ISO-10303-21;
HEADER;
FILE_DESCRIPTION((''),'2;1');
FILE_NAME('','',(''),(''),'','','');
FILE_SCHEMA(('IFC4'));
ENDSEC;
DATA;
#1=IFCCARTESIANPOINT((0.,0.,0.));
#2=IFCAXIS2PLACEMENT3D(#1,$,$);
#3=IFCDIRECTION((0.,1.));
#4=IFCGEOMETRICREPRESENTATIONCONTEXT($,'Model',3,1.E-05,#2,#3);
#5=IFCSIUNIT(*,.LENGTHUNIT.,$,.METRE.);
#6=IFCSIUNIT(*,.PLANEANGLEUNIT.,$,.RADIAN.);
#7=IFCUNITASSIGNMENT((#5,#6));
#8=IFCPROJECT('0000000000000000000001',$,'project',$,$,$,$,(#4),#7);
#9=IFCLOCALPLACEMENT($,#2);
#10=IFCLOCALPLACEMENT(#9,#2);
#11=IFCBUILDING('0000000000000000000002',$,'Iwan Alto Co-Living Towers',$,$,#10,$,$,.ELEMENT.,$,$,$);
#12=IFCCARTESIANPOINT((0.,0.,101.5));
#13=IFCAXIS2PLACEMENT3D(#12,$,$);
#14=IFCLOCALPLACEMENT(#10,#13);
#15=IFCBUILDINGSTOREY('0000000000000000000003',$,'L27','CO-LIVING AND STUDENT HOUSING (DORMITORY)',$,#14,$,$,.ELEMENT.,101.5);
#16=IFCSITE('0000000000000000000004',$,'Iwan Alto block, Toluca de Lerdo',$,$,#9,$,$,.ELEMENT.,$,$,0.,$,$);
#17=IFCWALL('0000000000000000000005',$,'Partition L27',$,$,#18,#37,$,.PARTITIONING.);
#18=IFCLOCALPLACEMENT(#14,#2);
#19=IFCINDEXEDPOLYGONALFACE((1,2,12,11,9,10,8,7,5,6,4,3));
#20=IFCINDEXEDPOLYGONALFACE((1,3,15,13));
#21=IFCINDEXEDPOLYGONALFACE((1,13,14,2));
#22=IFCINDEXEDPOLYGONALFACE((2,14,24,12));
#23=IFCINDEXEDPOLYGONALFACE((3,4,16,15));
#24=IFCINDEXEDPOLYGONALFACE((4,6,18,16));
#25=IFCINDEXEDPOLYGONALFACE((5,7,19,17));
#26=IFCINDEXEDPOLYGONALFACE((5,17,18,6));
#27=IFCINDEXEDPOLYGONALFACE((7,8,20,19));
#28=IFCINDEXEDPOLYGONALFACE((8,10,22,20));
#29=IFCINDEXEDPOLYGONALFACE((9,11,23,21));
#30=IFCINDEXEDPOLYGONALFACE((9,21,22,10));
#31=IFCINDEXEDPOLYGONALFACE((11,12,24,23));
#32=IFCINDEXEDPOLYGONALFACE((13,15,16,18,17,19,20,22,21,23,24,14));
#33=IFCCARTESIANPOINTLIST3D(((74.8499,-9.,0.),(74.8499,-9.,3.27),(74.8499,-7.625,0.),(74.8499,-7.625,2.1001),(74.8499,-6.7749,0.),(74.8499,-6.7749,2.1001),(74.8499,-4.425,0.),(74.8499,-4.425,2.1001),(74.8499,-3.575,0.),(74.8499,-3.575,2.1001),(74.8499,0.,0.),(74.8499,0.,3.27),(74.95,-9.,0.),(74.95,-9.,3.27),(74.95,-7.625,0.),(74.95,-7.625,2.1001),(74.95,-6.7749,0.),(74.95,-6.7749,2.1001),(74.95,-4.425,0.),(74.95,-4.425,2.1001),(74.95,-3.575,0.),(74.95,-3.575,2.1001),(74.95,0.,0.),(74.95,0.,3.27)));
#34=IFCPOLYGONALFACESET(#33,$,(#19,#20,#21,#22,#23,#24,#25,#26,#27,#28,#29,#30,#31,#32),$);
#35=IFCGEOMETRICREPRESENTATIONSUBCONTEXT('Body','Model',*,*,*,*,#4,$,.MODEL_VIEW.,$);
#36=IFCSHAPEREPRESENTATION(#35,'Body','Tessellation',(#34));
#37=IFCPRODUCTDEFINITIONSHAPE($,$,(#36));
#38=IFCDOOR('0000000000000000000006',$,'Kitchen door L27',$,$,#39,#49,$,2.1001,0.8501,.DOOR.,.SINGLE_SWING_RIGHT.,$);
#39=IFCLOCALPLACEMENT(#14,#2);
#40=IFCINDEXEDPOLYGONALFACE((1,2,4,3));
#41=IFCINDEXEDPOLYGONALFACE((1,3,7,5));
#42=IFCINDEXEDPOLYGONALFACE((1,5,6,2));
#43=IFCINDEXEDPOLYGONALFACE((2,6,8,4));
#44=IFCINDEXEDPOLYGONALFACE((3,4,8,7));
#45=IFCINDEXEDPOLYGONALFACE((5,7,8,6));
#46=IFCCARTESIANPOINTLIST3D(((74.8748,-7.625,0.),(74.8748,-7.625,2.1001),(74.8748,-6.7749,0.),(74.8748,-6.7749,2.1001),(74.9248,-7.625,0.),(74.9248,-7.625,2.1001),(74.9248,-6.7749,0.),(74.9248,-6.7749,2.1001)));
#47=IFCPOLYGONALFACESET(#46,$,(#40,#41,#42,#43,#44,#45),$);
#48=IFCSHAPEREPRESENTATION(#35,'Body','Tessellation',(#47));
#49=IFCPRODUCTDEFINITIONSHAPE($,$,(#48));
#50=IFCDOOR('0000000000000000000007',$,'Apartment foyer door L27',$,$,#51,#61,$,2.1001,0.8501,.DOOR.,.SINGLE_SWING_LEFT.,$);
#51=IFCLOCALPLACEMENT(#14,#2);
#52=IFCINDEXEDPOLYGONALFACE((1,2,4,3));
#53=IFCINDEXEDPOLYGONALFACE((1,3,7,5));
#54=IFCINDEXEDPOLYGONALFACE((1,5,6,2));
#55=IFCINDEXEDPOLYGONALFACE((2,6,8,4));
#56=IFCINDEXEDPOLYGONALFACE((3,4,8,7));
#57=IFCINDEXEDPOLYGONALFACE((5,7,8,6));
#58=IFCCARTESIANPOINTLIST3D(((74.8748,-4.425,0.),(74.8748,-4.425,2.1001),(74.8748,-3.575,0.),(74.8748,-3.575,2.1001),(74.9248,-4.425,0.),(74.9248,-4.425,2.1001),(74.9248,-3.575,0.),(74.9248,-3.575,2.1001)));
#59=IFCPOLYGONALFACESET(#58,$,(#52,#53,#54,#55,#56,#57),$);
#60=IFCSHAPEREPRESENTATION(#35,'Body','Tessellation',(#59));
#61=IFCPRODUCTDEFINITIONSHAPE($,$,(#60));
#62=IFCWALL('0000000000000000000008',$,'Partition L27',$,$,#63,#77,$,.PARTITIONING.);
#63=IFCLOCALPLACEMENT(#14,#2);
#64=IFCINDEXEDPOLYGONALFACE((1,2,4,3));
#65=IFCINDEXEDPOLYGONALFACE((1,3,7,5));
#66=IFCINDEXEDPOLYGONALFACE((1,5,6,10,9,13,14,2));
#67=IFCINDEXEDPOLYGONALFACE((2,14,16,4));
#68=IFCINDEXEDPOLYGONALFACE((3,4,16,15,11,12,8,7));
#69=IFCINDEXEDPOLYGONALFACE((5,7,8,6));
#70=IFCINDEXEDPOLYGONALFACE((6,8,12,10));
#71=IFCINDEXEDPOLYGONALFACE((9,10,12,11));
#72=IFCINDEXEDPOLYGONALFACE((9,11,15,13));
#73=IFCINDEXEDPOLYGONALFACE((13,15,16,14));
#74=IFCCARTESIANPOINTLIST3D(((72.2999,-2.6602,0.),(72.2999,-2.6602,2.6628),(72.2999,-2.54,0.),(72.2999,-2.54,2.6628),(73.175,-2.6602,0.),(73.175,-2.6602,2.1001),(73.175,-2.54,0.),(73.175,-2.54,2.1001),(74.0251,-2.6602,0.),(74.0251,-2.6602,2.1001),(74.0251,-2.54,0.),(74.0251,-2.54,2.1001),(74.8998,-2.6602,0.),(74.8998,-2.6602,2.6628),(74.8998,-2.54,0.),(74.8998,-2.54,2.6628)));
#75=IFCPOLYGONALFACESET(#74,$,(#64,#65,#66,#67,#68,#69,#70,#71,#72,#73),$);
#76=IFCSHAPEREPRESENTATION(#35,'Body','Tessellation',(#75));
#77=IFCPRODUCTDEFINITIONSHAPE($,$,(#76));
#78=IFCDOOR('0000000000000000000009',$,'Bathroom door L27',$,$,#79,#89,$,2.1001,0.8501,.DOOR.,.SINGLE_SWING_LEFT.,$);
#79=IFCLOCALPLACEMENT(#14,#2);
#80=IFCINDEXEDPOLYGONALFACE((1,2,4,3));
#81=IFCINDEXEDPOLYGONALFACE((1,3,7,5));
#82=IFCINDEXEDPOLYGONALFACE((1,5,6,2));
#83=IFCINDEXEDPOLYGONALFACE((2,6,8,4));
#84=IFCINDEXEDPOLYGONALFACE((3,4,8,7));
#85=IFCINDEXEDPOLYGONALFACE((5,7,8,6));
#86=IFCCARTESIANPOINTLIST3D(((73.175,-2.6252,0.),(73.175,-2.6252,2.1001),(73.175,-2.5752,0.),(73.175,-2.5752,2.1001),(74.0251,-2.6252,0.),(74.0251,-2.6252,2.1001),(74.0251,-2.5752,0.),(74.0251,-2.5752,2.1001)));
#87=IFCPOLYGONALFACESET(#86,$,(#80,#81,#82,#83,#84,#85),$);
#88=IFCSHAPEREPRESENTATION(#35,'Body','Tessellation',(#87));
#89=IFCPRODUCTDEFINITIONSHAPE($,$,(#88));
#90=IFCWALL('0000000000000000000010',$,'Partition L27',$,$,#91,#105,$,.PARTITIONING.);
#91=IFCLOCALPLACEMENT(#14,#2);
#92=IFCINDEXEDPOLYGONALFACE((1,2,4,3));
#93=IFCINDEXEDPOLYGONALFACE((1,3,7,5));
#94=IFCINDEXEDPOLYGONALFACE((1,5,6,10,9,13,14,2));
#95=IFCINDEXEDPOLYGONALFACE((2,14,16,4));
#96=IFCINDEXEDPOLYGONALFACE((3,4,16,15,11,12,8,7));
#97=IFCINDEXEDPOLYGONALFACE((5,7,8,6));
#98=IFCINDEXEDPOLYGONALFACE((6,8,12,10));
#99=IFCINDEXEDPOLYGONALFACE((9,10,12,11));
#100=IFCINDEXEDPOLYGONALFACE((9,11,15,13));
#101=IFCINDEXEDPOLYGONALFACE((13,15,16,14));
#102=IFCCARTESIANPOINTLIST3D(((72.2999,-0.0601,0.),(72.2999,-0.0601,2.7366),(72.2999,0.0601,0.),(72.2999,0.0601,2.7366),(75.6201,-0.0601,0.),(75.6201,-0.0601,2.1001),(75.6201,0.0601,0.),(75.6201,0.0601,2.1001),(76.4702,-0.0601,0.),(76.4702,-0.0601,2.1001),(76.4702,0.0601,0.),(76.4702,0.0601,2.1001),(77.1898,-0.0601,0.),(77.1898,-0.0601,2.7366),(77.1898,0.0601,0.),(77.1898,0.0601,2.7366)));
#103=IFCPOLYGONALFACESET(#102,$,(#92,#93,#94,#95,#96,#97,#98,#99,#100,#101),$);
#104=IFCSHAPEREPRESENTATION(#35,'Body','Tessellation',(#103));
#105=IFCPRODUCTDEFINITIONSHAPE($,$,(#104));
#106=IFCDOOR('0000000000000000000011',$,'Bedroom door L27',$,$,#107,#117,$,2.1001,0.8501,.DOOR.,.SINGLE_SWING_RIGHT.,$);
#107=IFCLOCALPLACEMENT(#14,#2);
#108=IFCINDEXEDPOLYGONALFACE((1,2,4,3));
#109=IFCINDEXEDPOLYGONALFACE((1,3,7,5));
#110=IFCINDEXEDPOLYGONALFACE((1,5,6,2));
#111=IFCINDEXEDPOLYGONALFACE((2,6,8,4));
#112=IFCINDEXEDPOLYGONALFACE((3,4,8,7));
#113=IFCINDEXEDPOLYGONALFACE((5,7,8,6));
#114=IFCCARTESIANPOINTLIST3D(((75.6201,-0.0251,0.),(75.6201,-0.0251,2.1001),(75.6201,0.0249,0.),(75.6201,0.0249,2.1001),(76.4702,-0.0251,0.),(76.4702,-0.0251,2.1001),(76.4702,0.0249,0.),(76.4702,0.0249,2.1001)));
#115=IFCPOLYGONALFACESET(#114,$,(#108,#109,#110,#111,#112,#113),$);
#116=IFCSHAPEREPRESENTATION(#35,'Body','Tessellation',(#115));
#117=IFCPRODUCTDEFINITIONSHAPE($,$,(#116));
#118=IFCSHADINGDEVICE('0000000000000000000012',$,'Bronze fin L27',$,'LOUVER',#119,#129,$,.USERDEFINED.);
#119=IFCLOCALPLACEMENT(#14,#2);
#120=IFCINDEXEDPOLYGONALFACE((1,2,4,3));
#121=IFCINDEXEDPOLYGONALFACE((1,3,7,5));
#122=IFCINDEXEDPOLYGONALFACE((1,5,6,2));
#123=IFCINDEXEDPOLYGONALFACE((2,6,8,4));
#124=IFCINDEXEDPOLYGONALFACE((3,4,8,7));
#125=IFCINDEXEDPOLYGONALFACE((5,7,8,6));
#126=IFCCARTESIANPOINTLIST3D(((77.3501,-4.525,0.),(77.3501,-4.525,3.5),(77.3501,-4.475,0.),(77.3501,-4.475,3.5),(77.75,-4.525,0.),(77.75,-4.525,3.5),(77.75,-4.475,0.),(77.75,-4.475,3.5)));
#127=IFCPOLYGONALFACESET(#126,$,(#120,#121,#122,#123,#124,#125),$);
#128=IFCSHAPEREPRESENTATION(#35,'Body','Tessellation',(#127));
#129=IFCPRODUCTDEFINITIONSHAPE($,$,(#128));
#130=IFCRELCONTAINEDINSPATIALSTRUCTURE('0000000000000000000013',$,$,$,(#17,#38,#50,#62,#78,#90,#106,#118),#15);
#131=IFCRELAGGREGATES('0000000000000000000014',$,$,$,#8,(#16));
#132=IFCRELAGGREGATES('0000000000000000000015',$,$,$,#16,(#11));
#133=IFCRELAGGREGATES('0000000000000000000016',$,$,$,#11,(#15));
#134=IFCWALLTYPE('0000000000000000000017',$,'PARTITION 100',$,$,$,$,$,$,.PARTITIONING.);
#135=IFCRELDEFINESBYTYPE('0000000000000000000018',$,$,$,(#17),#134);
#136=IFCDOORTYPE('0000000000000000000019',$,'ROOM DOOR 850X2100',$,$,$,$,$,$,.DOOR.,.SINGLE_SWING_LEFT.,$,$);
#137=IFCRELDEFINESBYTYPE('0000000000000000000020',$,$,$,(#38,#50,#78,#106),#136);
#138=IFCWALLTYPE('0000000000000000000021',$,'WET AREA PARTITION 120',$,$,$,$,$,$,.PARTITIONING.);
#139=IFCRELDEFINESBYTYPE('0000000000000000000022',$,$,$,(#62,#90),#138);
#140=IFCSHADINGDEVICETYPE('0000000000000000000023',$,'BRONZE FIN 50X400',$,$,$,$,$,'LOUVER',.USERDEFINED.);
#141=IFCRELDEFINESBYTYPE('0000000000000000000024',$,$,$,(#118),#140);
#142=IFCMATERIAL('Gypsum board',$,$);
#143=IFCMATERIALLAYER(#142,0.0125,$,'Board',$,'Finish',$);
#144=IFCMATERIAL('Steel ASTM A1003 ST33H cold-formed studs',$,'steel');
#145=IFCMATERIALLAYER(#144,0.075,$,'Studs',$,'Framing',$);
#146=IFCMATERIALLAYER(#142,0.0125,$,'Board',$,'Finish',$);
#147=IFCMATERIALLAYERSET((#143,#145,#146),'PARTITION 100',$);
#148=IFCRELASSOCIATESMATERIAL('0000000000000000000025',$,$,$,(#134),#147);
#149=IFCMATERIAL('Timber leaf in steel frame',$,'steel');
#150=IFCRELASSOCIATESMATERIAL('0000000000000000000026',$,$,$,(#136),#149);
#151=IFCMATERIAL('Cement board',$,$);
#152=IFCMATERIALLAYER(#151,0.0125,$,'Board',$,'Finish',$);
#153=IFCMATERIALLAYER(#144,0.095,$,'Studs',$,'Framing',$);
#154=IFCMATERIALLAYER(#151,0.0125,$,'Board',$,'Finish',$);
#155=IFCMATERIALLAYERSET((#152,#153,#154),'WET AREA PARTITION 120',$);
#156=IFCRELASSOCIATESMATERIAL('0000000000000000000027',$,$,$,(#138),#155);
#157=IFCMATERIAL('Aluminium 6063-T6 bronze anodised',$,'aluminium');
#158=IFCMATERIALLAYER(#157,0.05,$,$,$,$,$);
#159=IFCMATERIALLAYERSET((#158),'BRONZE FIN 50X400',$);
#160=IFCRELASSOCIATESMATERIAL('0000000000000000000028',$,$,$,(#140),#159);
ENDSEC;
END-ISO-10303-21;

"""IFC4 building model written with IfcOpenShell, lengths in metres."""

from ifc_helpers import new_model, si_unit, direction, frame, frame_2d, origin, origin_2d, place, context, subcontext, project, spatial, rectangle, extrude, material, layer, layer_set, type_object, element, fill, save


model = new_model("IFC4")

# Units and contexts
model_context = context("Model", 3, precision=1e-05, world=origin(), true_north=direction((0.0, 1.0)))
body_context = subcontext(model_context, "Body", "Model", "MODEL_VIEW")
ifc_project = project(units=[si_unit("LENGTHUNIT", "METRE"), si_unit("PLANEANGLEUNIT", "RADIAN")], contexts=[model_context])

# Site, building, storey
site_placement = place(None, origin())
site = spatial("IfcSite", under=ifc_project, at=site_placement, Name="Iwan Alto block, Toluca de Lerdo", CompositionType="ELEMENT", RefElevation=0.0)
building_placement = place(site_placement, origin())
building = spatial("IfcBuilding", under=site, at=building_placement, Name="Iwan Alto Co-Living Towers", CompositionType="ELEMENT")
storey_placement = place(building_placement, frame((0.0, 0.0, 101.5)))
storey = spatial("IfcBuildingStorey", under=building, at=storey_placement, Name="L27", Description="CO-LIVING AND STUDENT HOUSING (DORMITORY)", CompositionType="ELEMENT", Elevation=101.5)

# Shared definitions
ifc_material_1 = material(Name="Gypsum board")
ifc_material_2 = material(Name="Steel ASTM A1003 ST33H cold-formed studs", Category="steel")

# Shared definitions
ifc_layer_1 = layer(ifc_material_1, 0.0125, Name="Board", Category="Finish")
ifc_layer_2 = layer(ifc_material_2, 0.075, Name="Studs", Category="Framing")
ifc_layer_3 = layer(ifc_material_1, 0.0125, Name="Board", Category="Finish")
ifc_layer_set_1 = layer_set([ifc_layer_1, ifc_layer_2, ifc_layer_3], Name="PARTITION 100")
wall_type_1 = type_object("IfcWallType", Name="PARTITION 100", PredefinedType="PARTITIONING", material=ifc_layer_set_1)
ifc_material_3 = material(Name="Timber leaf in steel frame", Category="steel")
door_type_1 = type_object("IfcDoorType", Name="ROOM DOOR 850X2100", OperationType="SINGLE_SWING_LEFT", PredefinedType="DOOR", material=ifc_material_3)

# Wall, openings, doors
wall_1_placement = place(storey_placement, frame((74.8999, -9.0, 0.0), z_axis=(0.0, 0.0, 1.0), x_axis=(0.0, 1.0, 0.0)))
wall_1 = element("IfcWall", 1, at=wall_1_placement, inside=storey, type_object=wall_type_1, Name="Partition L27", PredefinedType="PARTITIONING", context=body_context, shape_type="SweptSolid", body=[
    extrude(rectangle(XDim=9.0, YDim=0.1001, at=frame_2d((4.5, 0.0))), origin(), (0.0, 0.0, 1.0), 3.27),
])
opening_1_placement = place(wall_1_placement, frame((1.375, 0.0, 0.0)))
opening_1 = element("IfcOpeningElement", 2, at=opening_1_placement, cuts=wall_1, PredefinedType="OPENING", context=body_context, shape_type="SweptSolid", body=[
    extrude(rectangle(XDim=0.8501, YDim=2.1001, at=frame_2d((0.425, 1.05))), frame((0.0, 0.0601, 0.0), z_axis=(0.0, -1.0, 0.0), x_axis=(1.0, 0.0, 0.0)), (0.0, 0.0, 1.0), 0.1201),
])
opening_2_placement = place(wall_1_placement, frame((4.575, 0.0, 0.0)))
opening_2 = element("IfcOpeningElement", 3, at=opening_2_placement, cuts=wall_1, PredefinedType="OPENING", context=body_context, shape_type="SweptSolid", body=[
    extrude(rectangle(XDim=0.8501, YDim=2.1001, at=frame_2d((0.425, 1.05))), frame((0.0, 0.0601, 0.0), z_axis=(0.0, -1.0, 0.0), x_axis=(1.0, 0.0, 0.0)), (0.0, 0.0, 1.0), 0.1201),
])
door_1_placement = place(opening_1_placement, frame((0.8501, 0.0, 0.0), z_axis=(0.0, 0.0, 1.0), x_axis=(-1.0, 0.0, 0.0)))
door_1 = element("IfcDoor", 4, at=door_1_placement, inside=storey, type_object=door_type_1, Name="Kitchen door L27", OperationType="SINGLE_SWING_RIGHT", OverallHeight=2.1001, OverallWidth=0.8501, PredefinedType="DOOR", context=body_context, shape_type="SweptSolid", body=[
    extrude(rectangle(XDim=0.8501, YDim=2.1001, at=frame_2d((0.425, 1.05))), frame((0.0, 0.0249, 0.0), z_axis=(0.0, -1.0, 0.0), x_axis=(1.0, 0.0, 0.0)), (0.0, 0.0, 1.0), 0.05),
])
fill(opening_1, door_1)
door_2_placement = place(opening_2_placement, frame((0.8501, 0.0, 0.0), z_axis=(0.0, 0.0, 1.0), x_axis=(-1.0, 0.0, 0.0)))
door_2 = element("IfcDoor", 5, at=door_2_placement, inside=storey, type_object=door_type_1, Name="Apartment foyer door L27", OperationType="SINGLE_SWING_LEFT", OverallHeight=2.1001, OverallWidth=0.8501, PredefinedType="DOOR", context=body_context, shape_type="SweptSolid", body=[
    extrude(rectangle(XDim=0.8501, YDim=2.1001, at=frame_2d((0.425, 1.05))), frame((0.0, 0.0249, 0.0), z_axis=(0.0, -1.0, 0.0), x_axis=(1.0, 0.0, 0.0)), (0.0, 0.0, 1.0), 0.05),
])
fill(opening_2, door_2)

# Walls, openings, doors
ifc_material_4 = material(Name="Cement board")
ifc_layer_4 = layer(ifc_material_4, 0.0125, Name="Board", Category="Finish")
ifc_layer_5 = layer(ifc_material_2, 0.095, Name="Studs", Category="Framing")
ifc_layer_6 = layer(ifc_material_4, 0.0125, Name="Board", Category="Finish")
ifc_layer_set_2 = layer_set([ifc_layer_4, ifc_layer_5, ifc_layer_6], Name="WET AREA PARTITION 120")
wall_type_2 = type_object("IfcWallType", Name="WET AREA PARTITION 120", PredefinedType="PARTITIONING", material=ifc_layer_set_2)
wall_2_placement = place(storey_placement, frame((72.3, -2.6001, 0.0), z_axis=(0.0, 0.0, 1.0), x_axis=(1.0, 0.0, 0.0)))
wall_2 = element("IfcWall", 6, at=wall_2_placement, inside=storey, type_object=wall_type_2, Name="Partition L27", PredefinedType="PARTITIONING", context=body_context, shape_type="SweptSolid", body=[
    extrude(rectangle(XDim=2.5999, YDim=0.1201, at=frame_2d((1.2998, 0.0))), origin(), (0.0, 0.0, 1.0), 2.6628),
])
opening_3_placement = place(wall_2_placement, frame((0.875, 0.0, 0.0)))
opening_3 = element("IfcOpeningElement", 7, at=opening_3_placement, cuts=wall_2, PredefinedType="OPENING", context=body_context, shape_type="SweptSolid", body=[
    extrude(rectangle(XDim=0.8501, YDim=2.1001, at=frame_2d((0.425, 1.05))), frame((0.0, 0.0701, 0.0), z_axis=(0.0, -1.0, 0.0), x_axis=(1.0, 0.0, 0.0)), (0.0, 0.0, 1.0), 0.1401),
])
door_3_placement = place(opening_3_placement, origin())
door_3 = element("IfcDoor", 8, at=door_3_placement, inside=storey, type_object=door_type_1, Name="Bathroom door L27", OperationType="SINGLE_SWING_LEFT", OverallHeight=2.1001, OverallWidth=0.8501, PredefinedType="DOOR", context=body_context, shape_type="SweptSolid", body=[
    extrude(rectangle(XDim=0.8501, YDim=2.1001, at=frame_2d((0.425, 1.05))), frame((0.0, 0.0249, 0.0), z_axis=(0.0, -1.0, 0.0), x_axis=(1.0, 0.0, 0.0)), (0.0, 0.0, 1.0), 0.05),
])
fill(opening_3, door_3)
wall_3_placement = place(storey_placement, frame((72.3, 0.0, 0.0), z_axis=(0.0, 0.0, 1.0), x_axis=(1.0, 0.0, 0.0)))
wall_3 = element("IfcWall", 9, at=wall_3_placement, inside=storey, type_object=wall_type_2, Name="Partition L27", PredefinedType="PARTITIONING", context=body_context, shape_type="SweptSolid", body=[
    extrude(rectangle(XDim=4.8899, YDim=0.1201, at=frame_2d((2.4448, 0.0))), origin(), (0.0, 0.0, 1.0), 2.7366),
])
opening_4_placement = place(wall_3_placement, frame((3.3201, 0.0, 0.0)))
opening_4 = element("IfcOpeningElement", 10, at=opening_4_placement, cuts=wall_3, PredefinedType="OPENING", context=body_context, shape_type="SweptSolid", body=[
    extrude(rectangle(XDim=0.8501, YDim=2.1001, at=frame_2d((0.425, 1.05))), frame((0.0, 0.0701, 0.0), z_axis=(0.0, -1.0, 0.0), x_axis=(1.0, 0.0, 0.0)), (0.0, 0.0, 1.0), 0.1401),
])
door_4_placement = place(opening_4_placement, origin())
door_4 = element("IfcDoor", 11, at=door_4_placement, inside=storey, type_object=door_type_1, Name="Bedroom door L27", OperationType="SINGLE_SWING_RIGHT", OverallHeight=2.1001, OverallWidth=0.8501, PredefinedType="DOOR", context=body_context, shape_type="SweptSolid", body=[
    extrude(rectangle(XDim=0.8501, YDim=2.1001, at=frame_2d((0.425, 1.05))), frame((0.0, 0.0249, 0.0), z_axis=(0.0, -1.0, 0.0), x_axis=(1.0, 0.0, 0.0)), (0.0, 0.0, 1.0), 0.05),
])
fill(opening_4, door_4)

# Shading device
ifc_material_5 = material(Name="Aluminium 6063-T6 bronze anodised", Category="aluminium")
ifc_layer_7 = layer(ifc_material_5, 0.05)
ifc_layer_set_3 = layer_set([ifc_layer_7], Name="BRONZE FIN 50X400")
shading_device_type = type_object("IfcShadingDeviceType", Name="BRONZE FIN 50X400", ElementType="LOUVER", PredefinedType="USERDEFINED", material=ifc_layer_set_3)
shading_device_placement = place(storey_placement, frame((77.55, -4.5, 0.0), z_axis=(0.0, 0.0, 1.0), x_axis=(0.0, 1.0, 0.0)))
element("IfcShadingDevice", 12, at=shading_device_placement, inside=storey, type_object=shading_device_type, Name="Bronze fin L27", ObjectType="LOUVER", PredefinedType="USERDEFINED", context=body_context, shape_type="SweptSolid", body=[
    extrude(rectangle(XDim=0.05, YDim=0.3999, at=origin_2d()), origin(), (0.0, 0.0, 1.0), 3.5),
])

save(model, "model.ifc")
